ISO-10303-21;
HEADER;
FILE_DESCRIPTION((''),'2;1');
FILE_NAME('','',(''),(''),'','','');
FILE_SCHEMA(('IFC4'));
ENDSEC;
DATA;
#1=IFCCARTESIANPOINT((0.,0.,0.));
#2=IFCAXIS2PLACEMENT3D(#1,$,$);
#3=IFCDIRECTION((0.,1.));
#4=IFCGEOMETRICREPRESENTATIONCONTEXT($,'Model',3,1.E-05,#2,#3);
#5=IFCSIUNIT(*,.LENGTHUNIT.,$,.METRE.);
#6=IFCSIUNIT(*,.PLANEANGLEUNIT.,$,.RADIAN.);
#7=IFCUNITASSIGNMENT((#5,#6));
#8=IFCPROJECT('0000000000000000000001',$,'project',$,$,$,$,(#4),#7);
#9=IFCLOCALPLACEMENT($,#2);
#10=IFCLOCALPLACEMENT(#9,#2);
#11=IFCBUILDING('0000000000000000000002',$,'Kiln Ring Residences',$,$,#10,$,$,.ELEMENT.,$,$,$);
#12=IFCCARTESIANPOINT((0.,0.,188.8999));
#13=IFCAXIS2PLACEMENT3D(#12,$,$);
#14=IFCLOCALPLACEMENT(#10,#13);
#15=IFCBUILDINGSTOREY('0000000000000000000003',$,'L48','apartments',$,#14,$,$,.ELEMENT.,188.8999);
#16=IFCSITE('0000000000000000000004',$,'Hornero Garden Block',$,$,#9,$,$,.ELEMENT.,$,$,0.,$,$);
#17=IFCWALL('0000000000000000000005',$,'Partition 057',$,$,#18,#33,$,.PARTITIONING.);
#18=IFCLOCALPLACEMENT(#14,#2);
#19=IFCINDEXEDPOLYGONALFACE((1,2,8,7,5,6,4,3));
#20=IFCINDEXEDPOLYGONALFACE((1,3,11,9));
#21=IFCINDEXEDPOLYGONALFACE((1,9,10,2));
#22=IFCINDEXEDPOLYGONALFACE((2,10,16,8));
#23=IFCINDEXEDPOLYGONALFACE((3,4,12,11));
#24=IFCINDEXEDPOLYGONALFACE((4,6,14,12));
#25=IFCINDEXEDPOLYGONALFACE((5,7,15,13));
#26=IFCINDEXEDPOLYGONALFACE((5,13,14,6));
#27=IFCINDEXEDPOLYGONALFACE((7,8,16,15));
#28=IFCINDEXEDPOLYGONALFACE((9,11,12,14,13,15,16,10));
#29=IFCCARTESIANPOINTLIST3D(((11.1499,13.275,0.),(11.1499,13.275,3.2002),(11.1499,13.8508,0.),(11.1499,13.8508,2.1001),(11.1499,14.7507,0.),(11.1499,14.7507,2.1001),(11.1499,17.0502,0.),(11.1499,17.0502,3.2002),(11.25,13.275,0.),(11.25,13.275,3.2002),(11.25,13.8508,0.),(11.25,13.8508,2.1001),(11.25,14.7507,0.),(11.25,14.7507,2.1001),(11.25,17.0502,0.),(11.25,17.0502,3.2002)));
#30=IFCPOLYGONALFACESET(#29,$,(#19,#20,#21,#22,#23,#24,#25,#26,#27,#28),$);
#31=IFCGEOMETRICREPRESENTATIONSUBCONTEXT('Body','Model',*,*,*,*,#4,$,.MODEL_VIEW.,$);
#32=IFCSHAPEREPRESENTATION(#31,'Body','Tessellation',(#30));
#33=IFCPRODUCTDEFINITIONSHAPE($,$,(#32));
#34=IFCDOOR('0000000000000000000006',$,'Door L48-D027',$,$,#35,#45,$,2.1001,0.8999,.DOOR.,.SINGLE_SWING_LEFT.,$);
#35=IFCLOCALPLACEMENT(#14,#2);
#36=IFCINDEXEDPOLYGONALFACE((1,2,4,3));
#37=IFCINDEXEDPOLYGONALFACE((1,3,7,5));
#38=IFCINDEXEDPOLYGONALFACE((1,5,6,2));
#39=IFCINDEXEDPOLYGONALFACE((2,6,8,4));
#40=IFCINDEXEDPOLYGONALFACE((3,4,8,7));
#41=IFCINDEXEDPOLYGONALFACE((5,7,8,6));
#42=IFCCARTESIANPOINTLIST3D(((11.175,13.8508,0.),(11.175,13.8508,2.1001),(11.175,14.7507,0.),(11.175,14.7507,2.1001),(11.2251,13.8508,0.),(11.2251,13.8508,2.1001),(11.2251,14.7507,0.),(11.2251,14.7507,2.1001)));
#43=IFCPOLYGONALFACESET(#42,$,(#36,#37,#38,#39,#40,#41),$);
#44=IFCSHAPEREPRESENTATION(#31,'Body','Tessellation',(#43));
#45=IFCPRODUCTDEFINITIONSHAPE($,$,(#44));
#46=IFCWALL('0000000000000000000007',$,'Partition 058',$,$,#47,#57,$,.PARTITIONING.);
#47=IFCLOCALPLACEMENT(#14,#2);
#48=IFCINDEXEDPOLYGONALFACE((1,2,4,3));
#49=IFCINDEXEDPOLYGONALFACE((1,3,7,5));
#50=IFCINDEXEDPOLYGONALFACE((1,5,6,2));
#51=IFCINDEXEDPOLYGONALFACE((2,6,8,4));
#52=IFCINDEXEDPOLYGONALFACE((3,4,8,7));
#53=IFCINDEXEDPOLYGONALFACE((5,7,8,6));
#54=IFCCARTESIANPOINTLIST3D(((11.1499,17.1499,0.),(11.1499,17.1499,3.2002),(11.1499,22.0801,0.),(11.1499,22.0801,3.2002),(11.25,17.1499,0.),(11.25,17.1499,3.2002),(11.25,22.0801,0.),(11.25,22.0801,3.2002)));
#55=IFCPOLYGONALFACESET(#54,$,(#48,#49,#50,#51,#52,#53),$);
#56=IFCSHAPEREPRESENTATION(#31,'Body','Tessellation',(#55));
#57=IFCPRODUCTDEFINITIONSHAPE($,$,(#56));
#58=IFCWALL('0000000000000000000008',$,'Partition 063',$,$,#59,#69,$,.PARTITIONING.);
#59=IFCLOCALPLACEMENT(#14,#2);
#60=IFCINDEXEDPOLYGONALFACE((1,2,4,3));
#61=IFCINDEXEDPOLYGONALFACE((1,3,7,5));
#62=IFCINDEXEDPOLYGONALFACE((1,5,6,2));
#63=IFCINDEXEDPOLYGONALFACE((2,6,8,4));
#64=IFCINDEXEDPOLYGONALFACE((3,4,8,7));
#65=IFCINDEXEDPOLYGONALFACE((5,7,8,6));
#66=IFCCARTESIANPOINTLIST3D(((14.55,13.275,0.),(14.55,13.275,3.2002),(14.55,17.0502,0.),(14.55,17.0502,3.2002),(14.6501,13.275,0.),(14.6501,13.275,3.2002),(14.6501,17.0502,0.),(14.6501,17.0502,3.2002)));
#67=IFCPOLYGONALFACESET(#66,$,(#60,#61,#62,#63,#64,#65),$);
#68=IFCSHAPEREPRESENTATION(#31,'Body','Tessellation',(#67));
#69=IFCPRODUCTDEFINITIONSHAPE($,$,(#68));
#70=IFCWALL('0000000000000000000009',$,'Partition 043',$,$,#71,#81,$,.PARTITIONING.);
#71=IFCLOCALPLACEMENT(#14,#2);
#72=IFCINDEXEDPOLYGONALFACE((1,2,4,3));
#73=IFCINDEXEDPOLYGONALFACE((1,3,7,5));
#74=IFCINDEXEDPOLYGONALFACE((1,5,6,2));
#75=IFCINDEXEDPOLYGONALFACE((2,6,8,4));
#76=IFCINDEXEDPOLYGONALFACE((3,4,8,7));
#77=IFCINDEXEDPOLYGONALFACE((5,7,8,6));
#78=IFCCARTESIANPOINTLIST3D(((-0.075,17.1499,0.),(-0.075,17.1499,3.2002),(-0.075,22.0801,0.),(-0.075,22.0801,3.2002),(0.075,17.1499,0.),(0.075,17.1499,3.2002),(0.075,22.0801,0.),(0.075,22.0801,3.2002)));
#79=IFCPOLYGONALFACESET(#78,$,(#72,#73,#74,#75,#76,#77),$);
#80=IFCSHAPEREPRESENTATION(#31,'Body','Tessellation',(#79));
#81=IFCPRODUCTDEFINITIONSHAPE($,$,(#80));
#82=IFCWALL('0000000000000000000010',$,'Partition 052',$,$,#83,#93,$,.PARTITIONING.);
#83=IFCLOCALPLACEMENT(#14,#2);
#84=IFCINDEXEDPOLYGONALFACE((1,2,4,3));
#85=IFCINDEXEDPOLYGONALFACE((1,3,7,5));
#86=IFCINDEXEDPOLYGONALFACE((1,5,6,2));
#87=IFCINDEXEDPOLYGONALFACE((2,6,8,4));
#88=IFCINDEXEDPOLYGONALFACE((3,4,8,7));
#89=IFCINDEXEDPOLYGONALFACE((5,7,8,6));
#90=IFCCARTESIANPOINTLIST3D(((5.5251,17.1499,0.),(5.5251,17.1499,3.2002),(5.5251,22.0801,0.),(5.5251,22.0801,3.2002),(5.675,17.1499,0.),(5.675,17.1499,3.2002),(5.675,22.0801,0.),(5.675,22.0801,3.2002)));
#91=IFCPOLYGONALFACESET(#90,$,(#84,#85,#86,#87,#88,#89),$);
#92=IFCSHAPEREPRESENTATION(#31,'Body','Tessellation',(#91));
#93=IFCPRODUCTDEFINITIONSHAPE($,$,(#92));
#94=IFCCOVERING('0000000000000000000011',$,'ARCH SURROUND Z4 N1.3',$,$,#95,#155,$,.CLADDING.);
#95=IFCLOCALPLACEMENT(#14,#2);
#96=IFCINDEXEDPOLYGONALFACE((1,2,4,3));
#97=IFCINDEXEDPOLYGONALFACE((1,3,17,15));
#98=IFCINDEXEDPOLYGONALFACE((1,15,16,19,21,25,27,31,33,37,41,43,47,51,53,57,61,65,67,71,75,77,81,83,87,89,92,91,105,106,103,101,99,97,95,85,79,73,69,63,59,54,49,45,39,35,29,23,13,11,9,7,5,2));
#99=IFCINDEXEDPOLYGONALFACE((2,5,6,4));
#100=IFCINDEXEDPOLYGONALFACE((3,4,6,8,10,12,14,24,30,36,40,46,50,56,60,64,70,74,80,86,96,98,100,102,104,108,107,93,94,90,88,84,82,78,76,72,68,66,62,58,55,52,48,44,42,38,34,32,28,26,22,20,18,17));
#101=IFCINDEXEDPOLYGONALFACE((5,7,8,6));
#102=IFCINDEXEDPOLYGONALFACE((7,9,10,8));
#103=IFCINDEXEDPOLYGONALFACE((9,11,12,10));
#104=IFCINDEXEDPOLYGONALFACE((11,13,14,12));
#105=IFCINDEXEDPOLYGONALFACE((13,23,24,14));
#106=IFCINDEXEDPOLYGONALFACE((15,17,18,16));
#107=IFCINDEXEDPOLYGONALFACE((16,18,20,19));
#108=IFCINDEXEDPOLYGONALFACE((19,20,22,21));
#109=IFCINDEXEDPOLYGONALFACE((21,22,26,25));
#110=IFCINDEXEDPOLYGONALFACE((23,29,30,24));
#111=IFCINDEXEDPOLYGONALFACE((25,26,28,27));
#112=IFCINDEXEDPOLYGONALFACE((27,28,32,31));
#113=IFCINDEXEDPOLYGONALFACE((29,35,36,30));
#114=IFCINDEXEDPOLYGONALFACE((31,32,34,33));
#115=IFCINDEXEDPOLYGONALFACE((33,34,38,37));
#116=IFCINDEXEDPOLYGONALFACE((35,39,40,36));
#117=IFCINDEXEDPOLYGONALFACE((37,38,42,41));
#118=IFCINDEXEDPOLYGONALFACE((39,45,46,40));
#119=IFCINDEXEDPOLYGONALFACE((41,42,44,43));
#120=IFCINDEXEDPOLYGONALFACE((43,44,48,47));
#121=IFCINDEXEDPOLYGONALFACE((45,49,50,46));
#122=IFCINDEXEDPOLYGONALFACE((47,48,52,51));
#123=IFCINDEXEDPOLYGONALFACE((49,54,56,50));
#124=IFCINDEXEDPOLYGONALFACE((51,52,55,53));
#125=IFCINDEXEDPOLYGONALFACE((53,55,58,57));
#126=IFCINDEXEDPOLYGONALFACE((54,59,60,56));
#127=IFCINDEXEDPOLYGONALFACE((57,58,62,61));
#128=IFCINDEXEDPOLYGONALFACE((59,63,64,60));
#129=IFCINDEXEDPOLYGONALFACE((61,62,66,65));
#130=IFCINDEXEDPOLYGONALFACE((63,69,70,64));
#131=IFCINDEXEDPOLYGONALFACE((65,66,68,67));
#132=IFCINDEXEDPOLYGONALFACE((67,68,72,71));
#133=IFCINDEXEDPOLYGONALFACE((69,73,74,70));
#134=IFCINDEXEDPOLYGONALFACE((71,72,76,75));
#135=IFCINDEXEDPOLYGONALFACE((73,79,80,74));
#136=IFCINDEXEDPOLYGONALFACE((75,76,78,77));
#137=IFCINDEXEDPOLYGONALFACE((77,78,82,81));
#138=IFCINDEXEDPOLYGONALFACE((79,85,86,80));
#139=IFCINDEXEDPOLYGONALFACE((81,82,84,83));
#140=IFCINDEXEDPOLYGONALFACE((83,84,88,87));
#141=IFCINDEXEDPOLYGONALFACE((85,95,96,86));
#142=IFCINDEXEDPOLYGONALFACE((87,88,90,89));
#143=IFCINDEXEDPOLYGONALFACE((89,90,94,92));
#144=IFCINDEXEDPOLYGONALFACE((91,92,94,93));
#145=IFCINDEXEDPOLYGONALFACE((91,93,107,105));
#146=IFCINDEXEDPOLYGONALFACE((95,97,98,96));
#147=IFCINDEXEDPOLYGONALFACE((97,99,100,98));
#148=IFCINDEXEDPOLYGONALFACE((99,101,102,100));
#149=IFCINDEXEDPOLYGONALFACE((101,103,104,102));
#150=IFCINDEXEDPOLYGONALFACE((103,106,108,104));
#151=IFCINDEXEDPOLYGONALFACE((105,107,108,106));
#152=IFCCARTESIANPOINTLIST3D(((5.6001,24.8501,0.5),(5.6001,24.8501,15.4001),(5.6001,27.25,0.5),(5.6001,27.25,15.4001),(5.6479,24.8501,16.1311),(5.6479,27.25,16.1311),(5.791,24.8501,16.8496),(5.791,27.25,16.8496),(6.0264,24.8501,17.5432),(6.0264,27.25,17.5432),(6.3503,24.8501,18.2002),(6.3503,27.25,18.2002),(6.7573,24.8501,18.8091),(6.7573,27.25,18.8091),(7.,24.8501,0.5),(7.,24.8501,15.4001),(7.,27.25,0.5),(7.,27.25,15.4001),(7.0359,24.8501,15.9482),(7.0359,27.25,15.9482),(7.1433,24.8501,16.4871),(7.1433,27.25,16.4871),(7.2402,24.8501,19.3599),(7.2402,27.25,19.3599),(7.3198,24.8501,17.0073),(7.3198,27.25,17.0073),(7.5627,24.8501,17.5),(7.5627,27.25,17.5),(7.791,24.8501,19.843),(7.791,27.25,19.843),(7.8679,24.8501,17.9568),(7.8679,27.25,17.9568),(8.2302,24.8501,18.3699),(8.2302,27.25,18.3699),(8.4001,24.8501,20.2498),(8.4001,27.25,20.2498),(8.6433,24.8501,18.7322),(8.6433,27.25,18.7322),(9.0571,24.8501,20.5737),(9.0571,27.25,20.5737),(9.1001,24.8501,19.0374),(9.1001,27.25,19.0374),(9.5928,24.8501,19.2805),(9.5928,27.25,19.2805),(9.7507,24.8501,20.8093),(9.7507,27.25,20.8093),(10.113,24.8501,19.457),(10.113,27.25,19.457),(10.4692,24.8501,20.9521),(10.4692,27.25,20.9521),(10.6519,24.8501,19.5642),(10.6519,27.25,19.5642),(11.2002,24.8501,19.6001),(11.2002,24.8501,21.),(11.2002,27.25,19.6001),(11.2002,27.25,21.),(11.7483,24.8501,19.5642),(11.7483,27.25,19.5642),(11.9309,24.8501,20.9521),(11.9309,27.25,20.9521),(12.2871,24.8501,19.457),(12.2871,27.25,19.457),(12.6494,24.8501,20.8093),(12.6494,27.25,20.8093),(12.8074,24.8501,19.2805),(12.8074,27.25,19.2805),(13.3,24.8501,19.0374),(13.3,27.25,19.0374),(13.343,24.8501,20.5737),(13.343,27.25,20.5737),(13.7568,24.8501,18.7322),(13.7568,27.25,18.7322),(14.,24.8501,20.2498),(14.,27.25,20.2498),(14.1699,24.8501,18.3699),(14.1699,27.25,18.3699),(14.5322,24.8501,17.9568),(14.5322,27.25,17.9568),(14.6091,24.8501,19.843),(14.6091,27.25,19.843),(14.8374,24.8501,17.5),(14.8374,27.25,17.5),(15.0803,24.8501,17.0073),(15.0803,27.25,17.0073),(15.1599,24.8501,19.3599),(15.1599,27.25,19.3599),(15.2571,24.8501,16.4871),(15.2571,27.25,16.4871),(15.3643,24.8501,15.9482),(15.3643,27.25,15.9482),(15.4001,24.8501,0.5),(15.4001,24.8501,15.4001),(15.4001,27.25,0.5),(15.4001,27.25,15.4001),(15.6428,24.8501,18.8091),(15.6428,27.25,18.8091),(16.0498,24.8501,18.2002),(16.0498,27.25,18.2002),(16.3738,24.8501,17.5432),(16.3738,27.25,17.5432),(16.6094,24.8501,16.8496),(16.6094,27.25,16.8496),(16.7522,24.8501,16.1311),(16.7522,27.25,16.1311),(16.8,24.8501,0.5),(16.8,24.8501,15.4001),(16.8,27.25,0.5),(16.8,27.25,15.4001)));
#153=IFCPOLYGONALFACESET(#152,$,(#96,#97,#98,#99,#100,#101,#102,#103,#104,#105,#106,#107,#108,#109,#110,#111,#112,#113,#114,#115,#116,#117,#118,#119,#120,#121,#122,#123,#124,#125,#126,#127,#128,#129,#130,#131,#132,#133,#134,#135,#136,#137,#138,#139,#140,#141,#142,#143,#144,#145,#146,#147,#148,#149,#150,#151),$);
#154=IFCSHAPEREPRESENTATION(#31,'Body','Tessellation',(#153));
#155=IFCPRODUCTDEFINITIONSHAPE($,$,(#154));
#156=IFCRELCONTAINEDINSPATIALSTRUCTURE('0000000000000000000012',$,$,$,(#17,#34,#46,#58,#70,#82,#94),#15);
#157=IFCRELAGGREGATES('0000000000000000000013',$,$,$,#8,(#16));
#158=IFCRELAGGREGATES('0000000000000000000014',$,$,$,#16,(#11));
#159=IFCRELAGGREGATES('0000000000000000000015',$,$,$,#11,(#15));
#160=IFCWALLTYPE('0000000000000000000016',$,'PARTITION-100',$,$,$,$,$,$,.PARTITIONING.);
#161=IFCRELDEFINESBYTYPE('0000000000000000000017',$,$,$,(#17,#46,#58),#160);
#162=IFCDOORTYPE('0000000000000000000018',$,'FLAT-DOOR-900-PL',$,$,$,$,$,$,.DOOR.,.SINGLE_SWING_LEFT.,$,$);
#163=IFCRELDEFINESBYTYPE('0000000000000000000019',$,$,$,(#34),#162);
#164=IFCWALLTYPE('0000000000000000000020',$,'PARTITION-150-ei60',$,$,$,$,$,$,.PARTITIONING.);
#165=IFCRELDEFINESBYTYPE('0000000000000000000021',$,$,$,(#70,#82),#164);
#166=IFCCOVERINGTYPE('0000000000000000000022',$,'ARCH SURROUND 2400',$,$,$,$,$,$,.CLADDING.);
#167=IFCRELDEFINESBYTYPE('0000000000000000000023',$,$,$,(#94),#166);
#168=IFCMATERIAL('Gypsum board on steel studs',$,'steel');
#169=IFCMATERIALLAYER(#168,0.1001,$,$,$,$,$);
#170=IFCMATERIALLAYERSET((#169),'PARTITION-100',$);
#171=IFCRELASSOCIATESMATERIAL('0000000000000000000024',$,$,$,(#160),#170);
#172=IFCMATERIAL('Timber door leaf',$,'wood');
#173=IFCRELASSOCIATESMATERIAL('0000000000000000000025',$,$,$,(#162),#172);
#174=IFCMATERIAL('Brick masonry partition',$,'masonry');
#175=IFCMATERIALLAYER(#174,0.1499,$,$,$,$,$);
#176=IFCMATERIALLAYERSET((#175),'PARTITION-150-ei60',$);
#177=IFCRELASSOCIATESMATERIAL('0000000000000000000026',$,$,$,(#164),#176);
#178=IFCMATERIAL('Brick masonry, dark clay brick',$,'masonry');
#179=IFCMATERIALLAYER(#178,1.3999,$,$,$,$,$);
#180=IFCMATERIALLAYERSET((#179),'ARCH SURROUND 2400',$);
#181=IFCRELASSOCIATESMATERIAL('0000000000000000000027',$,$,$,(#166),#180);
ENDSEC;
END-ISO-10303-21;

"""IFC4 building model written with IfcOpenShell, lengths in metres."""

from ifc_helpers import new_model, si_unit, direction, frame, frame_2d, origin, place, context, subcontext, project, spatial, polyline, rectangle, outline, extrude, material, layer, layer_set, type_object, element, fill, save


model = new_model("IFC4")

# Units and contexts
model_context = context("Model", 3, precision=1e-05, world=origin(), true_north=direction((0.0, 1.0)))
body_context = subcontext(model_context, "Body", "Model", "MODEL_VIEW")
ifc_project = project(units=[si_unit("LENGTHUNIT", "METRE"), si_unit("PLANEANGLEUNIT", "RADIAN")], contexts=[model_context])

# Site, building, storey
site_placement = place(None, origin())
site = spatial("IfcSite", under=ifc_project, at=site_placement, Name="Hornero Garden Block", CompositionType="ELEMENT", RefElevation=0.0)
building_placement = place(site_placement, origin())
building = spatial("IfcBuilding", under=site, at=building_placement, Name="Kiln Ring Residences", CompositionType="ELEMENT")
storey_placement = place(building_placement, frame((0.0, 0.0, 188.8999)))
storey = spatial("IfcBuildingStorey", under=building, at=storey_placement, Name="L48", Description="apartments", CompositionType="ELEMENT", Elevation=188.8999)

# Shared definitions
ifc_material_1 = material(Name="Gypsum board on steel studs", Category="steel")
ifc_layer_1 = layer(ifc_material_1, 0.1001)
ifc_layer_set_1 = layer_set([ifc_layer_1], Name="PARTITION-100")
wall_type_1 = type_object("IfcWallType", Name="PARTITION-100", PredefinedType="PARTITIONING", material=ifc_layer_set_1)
ifc_material_2 = material(Name="Timber door leaf", Category="wood")
door_type = type_object("IfcDoorType", Name="FLAT-DOOR-900-PL", OperationType="SINGLE_SWING_LEFT", PredefinedType="DOOR", material=ifc_material_2)

# Wall, opening, door
wall_1_placement = place(storey_placement, frame((11.2, 13.2749, 0.0), z_axis=(0.0, 0.0, 1.0), x_axis=(0.0, 1.0, 0.0)))
wall_1 = element("IfcWall", 1, at=wall_1_placement, inside=storey, type_object=wall_type_1, Name="Partition 057", PredefinedType="PARTITIONING", context=body_context, shape_type="SweptSolid", body=[
    extrude(rectangle(XDim=3.7751, YDim=0.1001, at=frame_2d((1.8877, 0.0))), origin(), (0.0, 0.0, 1.0), 3.2002),
])
opening_1_placement = place(wall_1_placement, frame((0.5759, 0.0, 0.0)))
opening_1 = element("IfcOpeningElement", 2, at=opening_1_placement, cuts=wall_1, PredefinedType="OPENING", context=body_context, shape_type="SweptSolid", body=[
    extrude(rectangle(XDim=0.8999, YDim=2.1001, at=frame_2d((0.45, 1.05))), frame((0.0, 0.0601, 0.0), z_axis=(0.0, -1.0, 0.0), x_axis=(1.0, 0.0, 0.0)), (0.0, 0.0, 1.0), 0.1201),
])
door_1_placement = place(opening_1_placement, origin())
door_1 = element("IfcDoor", 3, at=door_1_placement, inside=storey, type_object=door_type, Name="Door L48-D027", OperationType="SINGLE_SWING_LEFT", OverallHeight=2.1001, OverallWidth=0.8999, PredefinedType="DOOR", context=body_context, shape_type="SweptSolid", body=[
    extrude(rectangle(XDim=0.8999, YDim=2.1001, at=frame_2d((0.45, 1.05))), frame((0.0, 0.0249, 0.0), z_axis=(0.0, -1.0, 0.0), x_axis=(1.0, 0.0, 0.0)), (0.0, 0.0, 1.0), 0.05),
])
fill(opening_1, door_1)

# Walls
wall_2_placement = place(storey_placement, frame((11.2, 17.1499, 0.0), z_axis=(0.0, 0.0, 1.0), x_axis=(0.0, 1.0, 0.0)))
element("IfcWall", 4, at=wall_2_placement, inside=storey, type_object=wall_type_1, Name="Partition 058", PredefinedType="PARTITIONING", context=body_context, shape_type="SweptSolid", body=[
    extrude(rectangle(XDim=4.9302, YDim=0.1001, at=frame_2d((2.4651, 0.0))), origin(), (0.0, 0.0, 1.0), 3.2002),
])
wall_3_placement = place(storey_placement, frame((14.6001, 13.2749, 0.0), z_axis=(0.0, 0.0, 1.0), x_axis=(0.0, 1.0, 0.0)))
element("IfcWall", 5, at=wall_3_placement, inside=storey, type_object=wall_type_1, Name="Partition 063", PredefinedType="PARTITIONING", context=body_context, shape_type="SweptSolid", body=[
    extrude(rectangle(XDim=3.7751, YDim=0.1001, at=frame_2d((1.8877, 0.0))), origin(), (0.0, 0.0, 1.0), 3.2002),
])
ifc_material_3 = material(Name="Brick masonry partition", Category="masonry")
ifc_layer_2 = layer(ifc_material_3, 0.1499)
ifc_layer_set_2 = layer_set([ifc_layer_2], Name="PARTITION-150-ei60")
wall_type_2 = type_object("IfcWallType", Name="PARTITION-150-ei60", PredefinedType="PARTITIONING", material=ifc_layer_set_2)
for number, where, z_axis, x_axis, name in (
    (6, (0.0, 17.1499, 0.0), (0.0, 0.0, 1.0), (0.0, 1.0, 0.0), "Partition 043"),
    (7, (5.6001, 17.1499, 0.0), (0.0, 0.0, 1.0), (0.0, 1.0, 0.0), "Partition 052"),
):
    element("IfcWall", number, at=place(storey_placement, frame(where, z_axis=z_axis, x_axis=x_axis)), inside=storey, type_object=wall_type_2, Name=name, PredefinedType="PARTITIONING", context=body_context, shape_type="SweptSolid", body=[
        extrude(rectangle(XDim=4.9302, YDim=0.1499, at=frame_2d((2.4651, 0.0))), origin(), (0.0, 0.0, 1.0), 3.2002),
    ])

# Covering
ifc_material_4 = material(Name="Brick masonry, dark clay brick", Category="masonry")
ifc_layer_3 = layer(ifc_material_4, 1.3999)
ifc_layer_set_3 = layer_set([ifc_layer_3], Name="ARCH SURROUND 2400")
covering_type_1 = type_object("IfcCoveringType", Name="ARCH SURROUND 2400", PredefinedType="CLADDING", material=ifc_layer_set_3)
covering_1_placement = place(storey_placement, frame((5.6001, 26.05, 0.5), z_axis=(0.0, 0.0, 1.0), x_axis=(1.0, 0.0, 0.0)))
element("IfcCovering", 8, at=covering_1_placement, inside=storey, type_object=covering_type_1, Name="ARCH SURROUND Z4 N1.3", PredefinedType="CLADDING", context=body_context, shape_type="SweptSolid", body=[
    extrude(outline(polyline([(0.0, 0.0), (0.0, 14.9001), (0.0479, 15.6311), (0.1909, 16.3496), (0.4263, 17.0432), (0.7502, 17.7002), (1.1572, 18.3091), (1.6401, 18.8599), (2.1909, 19.343), (2.8, 19.7498), (3.457, 20.0737), (4.1506, 20.3093), (4.8691, 20.4521), (5.6001, 20.5), (6.3308, 20.4521), (7.0493, 20.3093), (7.7429, 20.0737), (8.3999, 19.7498), (9.009, 19.343), (9.5598, 18.8599), (10.0427, 18.3091), (10.4497, 17.7002), (10.7737, 17.0432), (11.0093, 16.3496), (11.1521, 15.6311), (11.2, 14.9001), (11.2, 0.0), (9.8, 0.0), (9.8, 14.9001), (9.7642, 15.4482), (9.657, 15.9871), (9.4802, 16.5073), (9.2373, 17.0), (8.9321, 17.4568), (8.5698, 17.8699), (8.1567, 18.2322), (7.7, 18.5374), (7.2073, 18.7805), (6.687, 18.957), (6.1482, 19.0642), (5.6001, 19.1001), (5.0518, 19.0642), (4.5129, 18.957), (3.9927, 18.7805), (3.5, 18.5374), (3.0432, 18.2322), (2.6301, 17.8699), (2.2678, 17.4568), (1.9626, 17.0), (1.7197, 16.5073), (1.5432, 15.9871), (1.4358, 15.4482), (1.3999, 14.9001), (1.3999, 0.0), (0.0, 0.0)])), frame((0.0, 1.2, 0.0), z_axis=(0.0, -1.0, 0.0), x_axis=(1.0, 0.0, 0.0)), (0.0, 0.0, 1.0), 2.3999),
])

save(model, "model.ifc")
